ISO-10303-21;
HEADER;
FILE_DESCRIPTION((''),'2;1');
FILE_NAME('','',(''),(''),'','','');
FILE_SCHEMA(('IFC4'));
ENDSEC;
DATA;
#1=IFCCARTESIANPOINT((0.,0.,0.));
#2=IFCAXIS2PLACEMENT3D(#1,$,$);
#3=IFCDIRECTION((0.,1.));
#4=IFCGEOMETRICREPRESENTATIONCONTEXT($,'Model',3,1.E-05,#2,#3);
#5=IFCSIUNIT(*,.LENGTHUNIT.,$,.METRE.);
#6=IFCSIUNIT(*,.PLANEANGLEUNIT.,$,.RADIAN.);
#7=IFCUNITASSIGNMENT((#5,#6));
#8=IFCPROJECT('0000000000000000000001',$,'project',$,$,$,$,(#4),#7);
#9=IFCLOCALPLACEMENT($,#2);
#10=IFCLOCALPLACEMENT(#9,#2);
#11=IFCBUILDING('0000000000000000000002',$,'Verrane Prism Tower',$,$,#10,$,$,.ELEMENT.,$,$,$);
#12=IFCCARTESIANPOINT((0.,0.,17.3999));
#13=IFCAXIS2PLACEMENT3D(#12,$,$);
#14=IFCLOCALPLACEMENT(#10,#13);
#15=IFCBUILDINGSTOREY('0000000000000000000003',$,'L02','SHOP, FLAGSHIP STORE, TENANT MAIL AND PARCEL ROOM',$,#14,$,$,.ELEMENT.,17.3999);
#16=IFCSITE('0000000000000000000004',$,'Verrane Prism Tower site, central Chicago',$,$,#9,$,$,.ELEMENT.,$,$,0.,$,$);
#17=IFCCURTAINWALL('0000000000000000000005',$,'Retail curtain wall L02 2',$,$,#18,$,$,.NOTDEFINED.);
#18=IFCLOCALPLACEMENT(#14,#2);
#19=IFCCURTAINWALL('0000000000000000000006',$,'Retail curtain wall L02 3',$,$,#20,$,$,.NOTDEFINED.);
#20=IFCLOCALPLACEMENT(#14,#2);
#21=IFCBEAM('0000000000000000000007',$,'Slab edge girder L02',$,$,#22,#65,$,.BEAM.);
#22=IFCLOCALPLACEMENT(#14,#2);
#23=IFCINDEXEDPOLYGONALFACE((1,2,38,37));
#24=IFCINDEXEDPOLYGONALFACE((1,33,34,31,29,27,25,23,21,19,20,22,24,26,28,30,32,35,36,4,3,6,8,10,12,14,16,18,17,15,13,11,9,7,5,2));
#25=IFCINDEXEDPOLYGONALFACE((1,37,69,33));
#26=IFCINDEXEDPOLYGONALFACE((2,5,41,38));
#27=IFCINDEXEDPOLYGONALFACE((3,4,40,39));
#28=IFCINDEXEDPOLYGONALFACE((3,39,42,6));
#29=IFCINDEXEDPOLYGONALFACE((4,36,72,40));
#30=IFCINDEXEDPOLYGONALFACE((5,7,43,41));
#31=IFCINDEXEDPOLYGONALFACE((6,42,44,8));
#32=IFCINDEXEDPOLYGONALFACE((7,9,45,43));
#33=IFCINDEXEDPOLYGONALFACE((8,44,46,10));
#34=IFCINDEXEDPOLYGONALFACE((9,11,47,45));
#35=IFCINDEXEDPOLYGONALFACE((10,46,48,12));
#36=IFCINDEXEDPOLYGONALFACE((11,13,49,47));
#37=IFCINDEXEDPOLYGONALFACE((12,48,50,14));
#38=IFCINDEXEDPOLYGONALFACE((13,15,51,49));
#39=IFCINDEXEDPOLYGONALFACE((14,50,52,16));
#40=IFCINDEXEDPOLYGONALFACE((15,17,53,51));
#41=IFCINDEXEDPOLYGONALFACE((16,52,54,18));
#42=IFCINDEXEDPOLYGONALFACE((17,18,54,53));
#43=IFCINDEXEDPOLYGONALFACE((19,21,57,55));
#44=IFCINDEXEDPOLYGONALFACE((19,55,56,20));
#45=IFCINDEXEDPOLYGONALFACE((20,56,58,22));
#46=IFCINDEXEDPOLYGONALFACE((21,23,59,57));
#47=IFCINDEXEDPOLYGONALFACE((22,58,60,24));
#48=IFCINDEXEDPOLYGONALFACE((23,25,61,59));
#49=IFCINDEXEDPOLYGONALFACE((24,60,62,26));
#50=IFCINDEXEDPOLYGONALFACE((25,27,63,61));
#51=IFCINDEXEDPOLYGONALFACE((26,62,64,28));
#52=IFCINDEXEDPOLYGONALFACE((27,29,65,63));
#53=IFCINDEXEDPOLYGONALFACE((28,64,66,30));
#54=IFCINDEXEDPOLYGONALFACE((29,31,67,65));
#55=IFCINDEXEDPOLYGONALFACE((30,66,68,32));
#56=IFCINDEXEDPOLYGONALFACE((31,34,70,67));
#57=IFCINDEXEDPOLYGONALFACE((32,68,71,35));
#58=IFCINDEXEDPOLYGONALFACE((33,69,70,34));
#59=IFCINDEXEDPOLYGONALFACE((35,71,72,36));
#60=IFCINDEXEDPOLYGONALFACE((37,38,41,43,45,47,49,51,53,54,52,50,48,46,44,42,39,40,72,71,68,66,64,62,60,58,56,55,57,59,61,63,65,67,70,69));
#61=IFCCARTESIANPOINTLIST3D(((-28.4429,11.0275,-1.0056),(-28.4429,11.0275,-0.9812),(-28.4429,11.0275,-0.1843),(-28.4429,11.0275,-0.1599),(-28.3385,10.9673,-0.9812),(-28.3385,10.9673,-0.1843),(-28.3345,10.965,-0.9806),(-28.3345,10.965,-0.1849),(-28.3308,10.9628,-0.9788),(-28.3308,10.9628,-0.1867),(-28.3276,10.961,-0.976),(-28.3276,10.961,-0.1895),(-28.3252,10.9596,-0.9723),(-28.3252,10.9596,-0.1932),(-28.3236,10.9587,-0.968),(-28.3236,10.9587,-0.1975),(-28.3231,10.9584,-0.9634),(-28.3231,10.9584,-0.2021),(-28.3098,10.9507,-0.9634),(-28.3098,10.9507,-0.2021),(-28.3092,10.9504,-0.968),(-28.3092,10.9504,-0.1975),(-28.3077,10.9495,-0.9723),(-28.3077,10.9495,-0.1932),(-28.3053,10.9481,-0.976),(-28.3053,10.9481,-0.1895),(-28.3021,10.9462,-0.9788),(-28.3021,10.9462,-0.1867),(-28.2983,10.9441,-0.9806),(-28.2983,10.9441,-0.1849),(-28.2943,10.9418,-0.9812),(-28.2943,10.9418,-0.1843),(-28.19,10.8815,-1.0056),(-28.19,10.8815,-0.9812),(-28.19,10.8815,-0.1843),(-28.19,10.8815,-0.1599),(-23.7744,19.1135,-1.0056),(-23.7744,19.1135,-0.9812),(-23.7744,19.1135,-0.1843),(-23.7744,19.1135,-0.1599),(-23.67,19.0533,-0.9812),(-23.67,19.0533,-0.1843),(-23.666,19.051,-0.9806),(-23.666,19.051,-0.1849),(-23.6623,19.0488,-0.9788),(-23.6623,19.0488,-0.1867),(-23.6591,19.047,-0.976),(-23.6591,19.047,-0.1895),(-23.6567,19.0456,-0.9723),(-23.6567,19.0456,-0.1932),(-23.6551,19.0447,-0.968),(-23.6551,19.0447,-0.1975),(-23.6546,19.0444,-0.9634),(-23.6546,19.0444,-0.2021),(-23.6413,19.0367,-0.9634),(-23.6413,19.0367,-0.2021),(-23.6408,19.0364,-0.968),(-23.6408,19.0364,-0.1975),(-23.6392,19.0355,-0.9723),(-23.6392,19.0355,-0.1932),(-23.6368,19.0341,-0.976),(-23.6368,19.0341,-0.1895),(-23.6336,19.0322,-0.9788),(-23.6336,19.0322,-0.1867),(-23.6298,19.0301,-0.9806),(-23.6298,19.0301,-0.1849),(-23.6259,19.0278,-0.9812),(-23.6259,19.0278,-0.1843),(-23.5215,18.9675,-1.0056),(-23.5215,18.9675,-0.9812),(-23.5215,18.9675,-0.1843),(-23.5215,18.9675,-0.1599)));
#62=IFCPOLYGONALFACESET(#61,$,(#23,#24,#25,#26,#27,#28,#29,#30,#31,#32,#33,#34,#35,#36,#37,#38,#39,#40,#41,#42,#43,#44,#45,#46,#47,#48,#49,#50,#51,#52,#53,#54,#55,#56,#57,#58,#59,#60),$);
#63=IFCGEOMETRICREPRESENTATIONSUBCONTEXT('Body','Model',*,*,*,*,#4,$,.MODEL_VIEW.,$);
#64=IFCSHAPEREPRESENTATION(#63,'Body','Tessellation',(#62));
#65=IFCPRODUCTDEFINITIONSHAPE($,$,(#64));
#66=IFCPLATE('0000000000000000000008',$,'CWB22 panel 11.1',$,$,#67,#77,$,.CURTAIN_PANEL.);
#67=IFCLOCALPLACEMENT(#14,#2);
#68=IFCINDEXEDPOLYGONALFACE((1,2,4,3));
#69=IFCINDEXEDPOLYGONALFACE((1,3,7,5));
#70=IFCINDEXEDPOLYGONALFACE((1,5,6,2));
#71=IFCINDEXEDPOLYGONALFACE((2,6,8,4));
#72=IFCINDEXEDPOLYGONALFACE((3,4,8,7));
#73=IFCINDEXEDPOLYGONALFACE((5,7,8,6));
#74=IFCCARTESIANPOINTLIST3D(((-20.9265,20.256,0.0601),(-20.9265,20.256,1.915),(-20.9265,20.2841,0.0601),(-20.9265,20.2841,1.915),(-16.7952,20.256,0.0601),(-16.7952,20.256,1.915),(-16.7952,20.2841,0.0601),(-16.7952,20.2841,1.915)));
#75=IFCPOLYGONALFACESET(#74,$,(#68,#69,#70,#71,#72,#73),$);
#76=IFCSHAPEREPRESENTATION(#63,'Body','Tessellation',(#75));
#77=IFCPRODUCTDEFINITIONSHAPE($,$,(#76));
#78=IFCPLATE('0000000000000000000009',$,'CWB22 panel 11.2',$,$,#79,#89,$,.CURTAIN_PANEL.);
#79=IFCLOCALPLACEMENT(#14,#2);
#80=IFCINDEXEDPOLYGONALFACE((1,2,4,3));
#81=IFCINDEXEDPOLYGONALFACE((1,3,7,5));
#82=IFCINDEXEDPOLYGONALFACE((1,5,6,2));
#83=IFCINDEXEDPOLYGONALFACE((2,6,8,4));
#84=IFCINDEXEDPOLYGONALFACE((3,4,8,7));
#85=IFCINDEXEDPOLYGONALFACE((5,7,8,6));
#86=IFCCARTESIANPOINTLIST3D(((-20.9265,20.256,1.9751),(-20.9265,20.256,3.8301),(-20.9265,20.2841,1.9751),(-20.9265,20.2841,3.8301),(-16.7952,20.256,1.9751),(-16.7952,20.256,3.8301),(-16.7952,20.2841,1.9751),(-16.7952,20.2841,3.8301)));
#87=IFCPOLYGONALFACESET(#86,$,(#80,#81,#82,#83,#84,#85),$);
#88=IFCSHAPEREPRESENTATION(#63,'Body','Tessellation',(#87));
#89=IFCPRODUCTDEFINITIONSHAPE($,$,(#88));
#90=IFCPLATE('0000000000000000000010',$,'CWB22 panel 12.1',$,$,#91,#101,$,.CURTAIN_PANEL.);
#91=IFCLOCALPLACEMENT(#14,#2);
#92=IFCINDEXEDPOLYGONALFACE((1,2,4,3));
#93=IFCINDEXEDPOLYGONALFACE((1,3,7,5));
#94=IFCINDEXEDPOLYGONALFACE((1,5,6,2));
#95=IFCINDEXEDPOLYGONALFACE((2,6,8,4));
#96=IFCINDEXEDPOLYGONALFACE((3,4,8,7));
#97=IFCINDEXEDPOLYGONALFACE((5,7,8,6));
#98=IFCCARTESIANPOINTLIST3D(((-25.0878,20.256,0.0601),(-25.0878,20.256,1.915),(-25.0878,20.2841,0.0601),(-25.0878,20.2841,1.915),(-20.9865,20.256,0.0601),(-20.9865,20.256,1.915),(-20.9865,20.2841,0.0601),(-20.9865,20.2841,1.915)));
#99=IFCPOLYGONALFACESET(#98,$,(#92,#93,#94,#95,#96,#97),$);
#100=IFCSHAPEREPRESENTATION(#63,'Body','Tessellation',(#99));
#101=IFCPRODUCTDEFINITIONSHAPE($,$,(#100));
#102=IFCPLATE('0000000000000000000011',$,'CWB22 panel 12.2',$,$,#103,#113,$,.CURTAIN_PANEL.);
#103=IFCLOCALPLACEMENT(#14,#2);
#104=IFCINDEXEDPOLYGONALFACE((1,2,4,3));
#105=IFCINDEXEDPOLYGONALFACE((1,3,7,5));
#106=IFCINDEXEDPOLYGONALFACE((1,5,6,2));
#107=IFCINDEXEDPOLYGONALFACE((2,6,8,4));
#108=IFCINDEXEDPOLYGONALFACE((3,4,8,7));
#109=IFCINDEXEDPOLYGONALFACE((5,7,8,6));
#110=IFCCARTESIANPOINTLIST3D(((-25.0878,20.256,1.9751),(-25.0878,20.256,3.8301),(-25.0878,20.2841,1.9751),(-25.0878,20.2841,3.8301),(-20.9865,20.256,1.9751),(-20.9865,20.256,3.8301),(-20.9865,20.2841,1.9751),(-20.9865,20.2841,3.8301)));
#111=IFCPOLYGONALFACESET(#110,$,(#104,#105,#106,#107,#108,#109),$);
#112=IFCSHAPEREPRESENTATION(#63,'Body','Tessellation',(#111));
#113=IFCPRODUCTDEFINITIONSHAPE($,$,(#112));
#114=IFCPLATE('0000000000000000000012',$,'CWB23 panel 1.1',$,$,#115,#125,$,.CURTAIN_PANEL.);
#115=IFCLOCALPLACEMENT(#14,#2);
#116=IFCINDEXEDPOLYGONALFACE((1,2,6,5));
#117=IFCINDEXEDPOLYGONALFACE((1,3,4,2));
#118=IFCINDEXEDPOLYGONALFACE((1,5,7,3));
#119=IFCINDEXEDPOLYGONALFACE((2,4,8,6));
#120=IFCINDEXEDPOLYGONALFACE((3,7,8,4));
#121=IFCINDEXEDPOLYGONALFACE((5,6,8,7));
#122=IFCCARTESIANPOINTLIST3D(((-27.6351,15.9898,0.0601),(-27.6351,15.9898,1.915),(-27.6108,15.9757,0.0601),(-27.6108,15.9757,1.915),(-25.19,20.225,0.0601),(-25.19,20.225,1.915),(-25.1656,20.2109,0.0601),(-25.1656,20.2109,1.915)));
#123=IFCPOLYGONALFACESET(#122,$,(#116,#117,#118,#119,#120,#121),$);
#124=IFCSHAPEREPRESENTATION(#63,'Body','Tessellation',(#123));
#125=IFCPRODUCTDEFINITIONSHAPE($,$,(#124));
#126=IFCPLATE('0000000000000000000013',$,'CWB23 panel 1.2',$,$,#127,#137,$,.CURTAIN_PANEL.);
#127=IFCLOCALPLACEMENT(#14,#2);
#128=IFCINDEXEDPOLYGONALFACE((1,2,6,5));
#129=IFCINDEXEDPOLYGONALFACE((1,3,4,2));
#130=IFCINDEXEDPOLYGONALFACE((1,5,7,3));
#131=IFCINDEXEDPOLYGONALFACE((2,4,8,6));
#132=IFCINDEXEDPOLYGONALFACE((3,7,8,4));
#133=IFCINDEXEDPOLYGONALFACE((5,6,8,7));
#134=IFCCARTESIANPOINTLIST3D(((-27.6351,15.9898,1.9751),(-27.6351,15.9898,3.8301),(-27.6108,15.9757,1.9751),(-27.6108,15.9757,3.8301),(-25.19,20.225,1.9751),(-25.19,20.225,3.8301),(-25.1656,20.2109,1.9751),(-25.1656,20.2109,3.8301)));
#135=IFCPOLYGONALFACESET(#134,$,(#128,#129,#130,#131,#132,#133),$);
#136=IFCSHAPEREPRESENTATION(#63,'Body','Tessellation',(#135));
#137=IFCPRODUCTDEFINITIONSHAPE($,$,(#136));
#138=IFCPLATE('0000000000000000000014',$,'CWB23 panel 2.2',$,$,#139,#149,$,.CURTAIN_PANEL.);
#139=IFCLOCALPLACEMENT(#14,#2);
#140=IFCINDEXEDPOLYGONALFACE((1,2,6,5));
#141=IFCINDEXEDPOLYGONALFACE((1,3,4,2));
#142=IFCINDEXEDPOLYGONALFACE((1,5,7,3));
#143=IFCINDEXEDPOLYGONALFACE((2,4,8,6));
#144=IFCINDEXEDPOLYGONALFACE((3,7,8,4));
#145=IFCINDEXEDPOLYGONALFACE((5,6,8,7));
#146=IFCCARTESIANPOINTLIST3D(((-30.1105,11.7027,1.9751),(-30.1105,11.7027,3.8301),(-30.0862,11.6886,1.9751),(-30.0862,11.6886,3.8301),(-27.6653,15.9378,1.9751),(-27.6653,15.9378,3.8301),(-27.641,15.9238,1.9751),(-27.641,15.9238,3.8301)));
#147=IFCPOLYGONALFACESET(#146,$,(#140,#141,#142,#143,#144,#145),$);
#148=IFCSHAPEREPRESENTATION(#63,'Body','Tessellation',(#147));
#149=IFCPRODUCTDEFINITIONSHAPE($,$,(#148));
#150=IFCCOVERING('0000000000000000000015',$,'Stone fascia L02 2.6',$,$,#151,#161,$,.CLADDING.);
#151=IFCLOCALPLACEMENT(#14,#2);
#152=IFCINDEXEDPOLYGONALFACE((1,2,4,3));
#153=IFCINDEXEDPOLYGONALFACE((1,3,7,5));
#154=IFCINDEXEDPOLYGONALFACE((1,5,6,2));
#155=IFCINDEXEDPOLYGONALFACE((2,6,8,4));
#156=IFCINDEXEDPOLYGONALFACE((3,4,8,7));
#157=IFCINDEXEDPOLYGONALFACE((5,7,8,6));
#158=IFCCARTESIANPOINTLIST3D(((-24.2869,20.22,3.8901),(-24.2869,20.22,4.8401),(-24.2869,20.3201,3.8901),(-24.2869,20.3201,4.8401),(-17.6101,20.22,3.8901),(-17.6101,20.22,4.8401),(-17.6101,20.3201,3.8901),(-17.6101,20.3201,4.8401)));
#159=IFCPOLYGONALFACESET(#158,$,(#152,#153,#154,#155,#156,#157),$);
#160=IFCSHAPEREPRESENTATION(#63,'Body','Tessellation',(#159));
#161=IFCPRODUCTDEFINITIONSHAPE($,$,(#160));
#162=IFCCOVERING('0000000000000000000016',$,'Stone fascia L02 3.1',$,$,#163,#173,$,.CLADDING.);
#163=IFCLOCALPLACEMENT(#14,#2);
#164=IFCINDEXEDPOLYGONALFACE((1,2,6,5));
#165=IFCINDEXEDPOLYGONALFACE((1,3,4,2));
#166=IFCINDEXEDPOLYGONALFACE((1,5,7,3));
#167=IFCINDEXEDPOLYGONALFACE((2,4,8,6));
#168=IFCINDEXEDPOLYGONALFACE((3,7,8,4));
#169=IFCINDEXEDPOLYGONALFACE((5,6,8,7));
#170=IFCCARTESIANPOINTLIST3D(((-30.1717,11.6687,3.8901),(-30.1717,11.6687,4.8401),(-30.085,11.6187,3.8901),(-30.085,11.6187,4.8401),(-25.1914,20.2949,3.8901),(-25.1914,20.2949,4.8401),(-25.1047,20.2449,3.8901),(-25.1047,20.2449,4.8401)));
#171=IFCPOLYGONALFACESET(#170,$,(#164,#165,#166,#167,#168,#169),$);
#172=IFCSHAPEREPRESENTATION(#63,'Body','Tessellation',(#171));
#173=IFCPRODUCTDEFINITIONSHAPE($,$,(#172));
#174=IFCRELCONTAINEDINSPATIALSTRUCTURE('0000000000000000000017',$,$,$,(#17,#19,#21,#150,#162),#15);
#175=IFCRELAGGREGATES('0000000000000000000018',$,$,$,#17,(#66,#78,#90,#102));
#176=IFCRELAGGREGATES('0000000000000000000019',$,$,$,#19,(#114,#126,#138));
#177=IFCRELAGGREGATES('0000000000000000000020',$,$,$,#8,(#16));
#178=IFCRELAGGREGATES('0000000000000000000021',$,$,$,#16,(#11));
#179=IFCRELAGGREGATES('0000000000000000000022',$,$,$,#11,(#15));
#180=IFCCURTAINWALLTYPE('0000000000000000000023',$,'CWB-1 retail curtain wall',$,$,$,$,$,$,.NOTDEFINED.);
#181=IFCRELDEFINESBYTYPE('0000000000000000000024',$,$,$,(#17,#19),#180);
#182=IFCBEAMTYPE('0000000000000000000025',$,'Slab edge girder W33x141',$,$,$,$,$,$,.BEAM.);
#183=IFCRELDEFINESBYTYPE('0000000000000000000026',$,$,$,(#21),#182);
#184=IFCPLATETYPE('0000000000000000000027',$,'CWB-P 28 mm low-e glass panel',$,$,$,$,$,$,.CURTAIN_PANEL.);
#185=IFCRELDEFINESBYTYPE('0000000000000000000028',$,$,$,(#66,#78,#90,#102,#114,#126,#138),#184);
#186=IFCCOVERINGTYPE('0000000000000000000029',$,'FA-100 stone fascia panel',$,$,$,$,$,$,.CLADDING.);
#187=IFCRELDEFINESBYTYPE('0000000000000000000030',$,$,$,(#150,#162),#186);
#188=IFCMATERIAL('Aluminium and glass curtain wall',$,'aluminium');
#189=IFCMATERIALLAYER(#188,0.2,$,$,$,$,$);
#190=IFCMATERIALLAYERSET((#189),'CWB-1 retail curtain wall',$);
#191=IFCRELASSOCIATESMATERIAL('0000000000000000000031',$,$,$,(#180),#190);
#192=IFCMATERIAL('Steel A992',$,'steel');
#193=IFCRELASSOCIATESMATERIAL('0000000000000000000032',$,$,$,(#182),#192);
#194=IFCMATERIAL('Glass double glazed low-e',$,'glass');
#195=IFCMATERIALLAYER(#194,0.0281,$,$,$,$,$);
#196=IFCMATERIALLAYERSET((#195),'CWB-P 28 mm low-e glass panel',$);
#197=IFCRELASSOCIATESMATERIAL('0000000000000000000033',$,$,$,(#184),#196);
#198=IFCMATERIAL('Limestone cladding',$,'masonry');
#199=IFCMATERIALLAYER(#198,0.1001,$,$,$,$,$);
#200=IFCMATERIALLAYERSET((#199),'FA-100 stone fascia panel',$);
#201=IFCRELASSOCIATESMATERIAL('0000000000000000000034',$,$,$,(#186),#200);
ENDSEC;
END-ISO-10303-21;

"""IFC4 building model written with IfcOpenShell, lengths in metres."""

from ifc_helpers import new_model, si_unit, direction, frame, origin, origin_2d, place, context, subcontext, project, spatial, rectangle, i_section, extrude, material, layer, layer_set, material_profile, profile_set, type_object, element, aggregate, save


model = new_model("IFC4")

# Units and contexts
model_context = context("Model", 3, precision=1e-05, world=origin(), true_north=direction((0.0, 1.0)))
body_context = subcontext(model_context, "Body", "Model", "MODEL_VIEW")
ifc_project = project(units=[si_unit("LENGTHUNIT", "METRE"), si_unit("PLANEANGLEUNIT", "RADIAN")], contexts=[model_context])

# Site, building, storey
site_placement = place(None, origin())
site = spatial("IfcSite", under=ifc_project, at=site_placement, Name="Verrane Prism Tower site, central Chicago", CompositionType="ELEMENT", RefElevation=0.0)
building_placement = place(site_placement, origin())
building = spatial("IfcBuilding", under=site, at=building_placement, Name="Verrane Prism Tower", CompositionType="ELEMENT")
storey_placement = place(building_placement, frame((0.0, 0.0, 17.3999)))
storey = spatial("IfcBuildingStorey", under=building, at=storey_placement, Name="L02", Description="SHOP, FLAGSHIP STORE, TENANT MAIL AND PARCEL ROOM", CompositionType="ELEMENT", Elevation=17.3999)

# Curtain walls
ifc_material_1 = material(Name="Aluminium and glass curtain wall", Category="aluminium")
ifc_layer_1 = layer(ifc_material_1, 0.2)
ifc_layer_set_1 = layer_set([ifc_layer_1], Name="CWB-1 retail curtain wall")
curtain_wall_type = type_object("IfcCurtainWallType", Name="CWB-1 retail curtain wall", PredefinedType="NOTDEFINED", material=ifc_layer_set_1)
curtain_wall_1_placement = place(storey_placement, origin())
curtain_wall_1 = element("IfcCurtainWall", 1, at=curtain_wall_1_placement, inside=storey, type_object=curtain_wall_type, Name="Retail curtain wall L02 2", PredefinedType="NOTDEFINED")
curtain_wall_2_placement = place(storey_placement, origin())
curtain_wall_2 = element("IfcCurtainWall", 2, at=curtain_wall_2_placement, inside=storey, type_object=curtain_wall_type, Name="Retail curtain wall L02 3", PredefinedType="NOTDEFINED")

# Beam
ifc_material_2 = material(Name="Steel A992", Category="steel")
ifc_material_profile_1 = material_profile(ifc_material_2, i_section(OverallWidth=0.292, OverallDepth=0.8457, WebThickness=0.0154, FlangeThickness=0.0244, FilletRadius=0.0178, at=origin_2d()), Name="W33x141")
ifc_profile_set_1 = profile_set([ifc_material_profile_1], Name="Steel A992")
beam_type_1 = type_object("IfcBeamType", Name="Slab edge girder W33x141", PredefinedType="BEAM", material=ifc_profile_set_1)
beam_1_placement = place(storey_placement, frame((-23.6479, 19.0405, -0.5828), z_axis=(-0.500003, -0.866024, 0.0), x_axis=(0.866024, -0.500003, 0.0)))
element("IfcBeam", 3, at=beam_1_placement, inside=storey, type_object=beam_type_1, Name="Slab edge girder L02", PredefinedType="BEAM", context=body_context, shape_type="SweptSolid", body=[
    extrude(i_section(OverallWidth=0.292, OverallDepth=0.8457, WebThickness=0.0154, FlangeThickness=0.0244, FilletRadius=0.0178, at=origin_2d()), origin(), (0.0, 0.0, 1.0), 9.3369),
])

# Plates
ifc_material_3 = material(Name="Glass double glazed low-e", Category="glass")
ifc_layer_2 = layer(ifc_material_3, 0.0281)
ifc_layer_set_2 = layer_set([ifc_layer_2], Name="CWB-P 28 mm low-e glass panel")
plate_type = type_object("IfcPlateType", Name="CWB-P 28 mm low-e glass panel", PredefinedType="CURTAIN_PANEL", material=ifc_layer_set_2)
plate_1_placement = place(storey_placement, frame((-18.8608, 20.27, 0.0601), z_axis=(0.0, 0.0, 1.0), x_axis=(-1.0, 0.0, 0.0)))
plate_1 = element("IfcPlate", 4, at=plate_1_placement, type_object=plate_type, Name="CWB22 panel 11.1", PredefinedType="CURTAIN_PANEL", context=body_context, shape_type="SweptSolid", body=[
    extrude(rectangle(XDim=4.1313, YDim=0.0281, at=origin_2d()), origin(), (0.0, 0.0, 1.0), 1.855),
])
plate_2_placement = place(storey_placement, frame((-18.8608, 20.27, 1.9751), z_axis=(0.0, 0.0, 1.0), x_axis=(-1.0, 0.0, 0.0)))
plate_2 = element("IfcPlate", 5, at=plate_2_placement, type_object=plate_type, Name="CWB22 panel 11.2", PredefinedType="CURTAIN_PANEL", context=body_context, shape_type="SweptSolid", body=[
    extrude(rectangle(XDim=4.1313, YDim=0.0281, at=origin_2d()), origin(), (0.0, 0.0, 1.0), 1.855),
])
plate_3_placement = place(storey_placement, frame((-23.0371, 20.27, 0.0601), z_axis=(0.0, 0.0, 1.0), x_axis=(-1.0, 0.0, 0.0)))
plate_3 = element("IfcPlate", 6, at=plate_3_placement, type_object=plate_type, Name="CWB22 panel 12.1", PredefinedType="CURTAIN_PANEL", context=body_context, shape_type="SweptSolid", body=[
    extrude(rectangle(XDim=4.1013, YDim=0.0281, at=origin_2d()), origin(), (0.0, 0.0, 1.0), 1.855),
])
plate_4_placement = place(storey_placement, frame((-23.0371, 20.27, 1.9751), z_axis=(0.0, 0.0, 1.0), x_axis=(-1.0, 0.0, 0.0)))
plate_4 = element("IfcPlate", 7, at=plate_4_placement, type_object=plate_type, Name="CWB22 panel 12.2", PredefinedType="CURTAIN_PANEL", context=body_context, shape_type="SweptSolid", body=[
    extrude(rectangle(XDim=4.1013, YDim=0.0281, at=origin_2d()), origin(), (0.0, 0.0, 1.0), 1.855),
])
aggregate(curtain_wall_1, [plate_1, plate_2, plate_3, plate_4])
plate_5_placement = place(storey_placement, frame((-26.4004, 18.1003, 0.0601), z_axis=(0.0, 0.0, 1.0), x_axis=(-0.499999, -0.866026, 0.0)))
plate_5 = element("IfcPlate", 8, at=plate_5_placement, type_object=plate_type, Name="CWB23 panel 1.1", PredefinedType="CURTAIN_PANEL", context=body_context, shape_type="SweptSolid", body=[
    extrude(rectangle(XDim=4.8904, YDim=0.0281, at=origin_2d()), origin(), (0.0, 0.0, 1.0), 1.855),
])
plate_6_placement = place(storey_placement, frame((-26.4004, 18.1003, 1.9751), z_axis=(0.0, 0.0, 1.0), x_axis=(-0.499999, -0.866026, 0.0)))
plate_6 = element("IfcPlate", 9, at=plate_6_placement, type_object=plate_type, Name="CWB23 panel 1.2", PredefinedType="CURTAIN_PANEL", context=body_context, shape_type="SweptSolid", body=[
    extrude(rectangle(XDim=4.8904, YDim=0.0281, at=origin_2d()), origin(), (0.0, 0.0, 1.0), 1.855),
])
plate_7_placement = place(storey_placement, frame((-28.8757, 13.8132, 1.9751), z_axis=(0.0, 0.0, 1.0), x_axis=(-0.499999, -0.866026, 0.0)))
plate_7 = element("IfcPlate", 10, at=plate_7_placement, type_object=plate_type, Name="CWB23 panel 2.2", PredefinedType="CURTAIN_PANEL", context=body_context, shape_type="SweptSolid", body=[
    extrude(rectangle(XDim=4.8904, YDim=0.0281, at=origin_2d()), origin(), (0.0, 0.0, 1.0), 1.855),
])
aggregate(curtain_wall_2, [plate_5, plate_6, plate_7])

# Coverings
ifc_material_4 = material(Name="Limestone cladding", Category="masonry")
ifc_layer_3 = layer(ifc_material_4, 0.1001)
ifc_layer_set_3 = layer_set([ifc_layer_3], Name="FA-100 stone fascia panel")
covering_type = type_object("IfcCoveringType", Name="FA-100 stone fascia panel", PredefinedType="CLADDING", material=ifc_layer_set_3)
covering_1_placement = place(storey_placement, frame((-20.9485, 20.27, 3.8901), z_axis=(0.0, 0.0, 1.0), x_axis=(-1.0, 0.0, 0.0)))
element("IfcCovering", 11, at=covering_1_placement, inside=storey, type_object=covering_type, Name="Stone fascia L02 2.6", PredefinedType="CLADDING", context=body_context, shape_type="SweptSolid", body=[
    extrude(rectangle(XDim=6.6768, YDim=0.1001, at=origin_2d()), origin(), (0.0, 0.0, 1.0), 0.95),
])
covering_2_placement = place(storey_placement, frame((-27.6382, 15.9568, 3.8901), z_axis=(0.0, 0.0, 1.0), x_axis=(-0.499999, -0.866026, 0.0)))
element("IfcCovering", 12, at=covering_2_placement, inside=storey, type_object=covering_type, Name="Stone fascia L02 3.1", PredefinedType="CLADDING", context=body_context, shape_type="SweptSolid", body=[
    extrude(rectangle(XDim=9.9607, YDim=0.1001, at=origin_2d()), origin(), (0.0, 0.0, 1.0), 0.95),
])

save(model, "model.ifc")
